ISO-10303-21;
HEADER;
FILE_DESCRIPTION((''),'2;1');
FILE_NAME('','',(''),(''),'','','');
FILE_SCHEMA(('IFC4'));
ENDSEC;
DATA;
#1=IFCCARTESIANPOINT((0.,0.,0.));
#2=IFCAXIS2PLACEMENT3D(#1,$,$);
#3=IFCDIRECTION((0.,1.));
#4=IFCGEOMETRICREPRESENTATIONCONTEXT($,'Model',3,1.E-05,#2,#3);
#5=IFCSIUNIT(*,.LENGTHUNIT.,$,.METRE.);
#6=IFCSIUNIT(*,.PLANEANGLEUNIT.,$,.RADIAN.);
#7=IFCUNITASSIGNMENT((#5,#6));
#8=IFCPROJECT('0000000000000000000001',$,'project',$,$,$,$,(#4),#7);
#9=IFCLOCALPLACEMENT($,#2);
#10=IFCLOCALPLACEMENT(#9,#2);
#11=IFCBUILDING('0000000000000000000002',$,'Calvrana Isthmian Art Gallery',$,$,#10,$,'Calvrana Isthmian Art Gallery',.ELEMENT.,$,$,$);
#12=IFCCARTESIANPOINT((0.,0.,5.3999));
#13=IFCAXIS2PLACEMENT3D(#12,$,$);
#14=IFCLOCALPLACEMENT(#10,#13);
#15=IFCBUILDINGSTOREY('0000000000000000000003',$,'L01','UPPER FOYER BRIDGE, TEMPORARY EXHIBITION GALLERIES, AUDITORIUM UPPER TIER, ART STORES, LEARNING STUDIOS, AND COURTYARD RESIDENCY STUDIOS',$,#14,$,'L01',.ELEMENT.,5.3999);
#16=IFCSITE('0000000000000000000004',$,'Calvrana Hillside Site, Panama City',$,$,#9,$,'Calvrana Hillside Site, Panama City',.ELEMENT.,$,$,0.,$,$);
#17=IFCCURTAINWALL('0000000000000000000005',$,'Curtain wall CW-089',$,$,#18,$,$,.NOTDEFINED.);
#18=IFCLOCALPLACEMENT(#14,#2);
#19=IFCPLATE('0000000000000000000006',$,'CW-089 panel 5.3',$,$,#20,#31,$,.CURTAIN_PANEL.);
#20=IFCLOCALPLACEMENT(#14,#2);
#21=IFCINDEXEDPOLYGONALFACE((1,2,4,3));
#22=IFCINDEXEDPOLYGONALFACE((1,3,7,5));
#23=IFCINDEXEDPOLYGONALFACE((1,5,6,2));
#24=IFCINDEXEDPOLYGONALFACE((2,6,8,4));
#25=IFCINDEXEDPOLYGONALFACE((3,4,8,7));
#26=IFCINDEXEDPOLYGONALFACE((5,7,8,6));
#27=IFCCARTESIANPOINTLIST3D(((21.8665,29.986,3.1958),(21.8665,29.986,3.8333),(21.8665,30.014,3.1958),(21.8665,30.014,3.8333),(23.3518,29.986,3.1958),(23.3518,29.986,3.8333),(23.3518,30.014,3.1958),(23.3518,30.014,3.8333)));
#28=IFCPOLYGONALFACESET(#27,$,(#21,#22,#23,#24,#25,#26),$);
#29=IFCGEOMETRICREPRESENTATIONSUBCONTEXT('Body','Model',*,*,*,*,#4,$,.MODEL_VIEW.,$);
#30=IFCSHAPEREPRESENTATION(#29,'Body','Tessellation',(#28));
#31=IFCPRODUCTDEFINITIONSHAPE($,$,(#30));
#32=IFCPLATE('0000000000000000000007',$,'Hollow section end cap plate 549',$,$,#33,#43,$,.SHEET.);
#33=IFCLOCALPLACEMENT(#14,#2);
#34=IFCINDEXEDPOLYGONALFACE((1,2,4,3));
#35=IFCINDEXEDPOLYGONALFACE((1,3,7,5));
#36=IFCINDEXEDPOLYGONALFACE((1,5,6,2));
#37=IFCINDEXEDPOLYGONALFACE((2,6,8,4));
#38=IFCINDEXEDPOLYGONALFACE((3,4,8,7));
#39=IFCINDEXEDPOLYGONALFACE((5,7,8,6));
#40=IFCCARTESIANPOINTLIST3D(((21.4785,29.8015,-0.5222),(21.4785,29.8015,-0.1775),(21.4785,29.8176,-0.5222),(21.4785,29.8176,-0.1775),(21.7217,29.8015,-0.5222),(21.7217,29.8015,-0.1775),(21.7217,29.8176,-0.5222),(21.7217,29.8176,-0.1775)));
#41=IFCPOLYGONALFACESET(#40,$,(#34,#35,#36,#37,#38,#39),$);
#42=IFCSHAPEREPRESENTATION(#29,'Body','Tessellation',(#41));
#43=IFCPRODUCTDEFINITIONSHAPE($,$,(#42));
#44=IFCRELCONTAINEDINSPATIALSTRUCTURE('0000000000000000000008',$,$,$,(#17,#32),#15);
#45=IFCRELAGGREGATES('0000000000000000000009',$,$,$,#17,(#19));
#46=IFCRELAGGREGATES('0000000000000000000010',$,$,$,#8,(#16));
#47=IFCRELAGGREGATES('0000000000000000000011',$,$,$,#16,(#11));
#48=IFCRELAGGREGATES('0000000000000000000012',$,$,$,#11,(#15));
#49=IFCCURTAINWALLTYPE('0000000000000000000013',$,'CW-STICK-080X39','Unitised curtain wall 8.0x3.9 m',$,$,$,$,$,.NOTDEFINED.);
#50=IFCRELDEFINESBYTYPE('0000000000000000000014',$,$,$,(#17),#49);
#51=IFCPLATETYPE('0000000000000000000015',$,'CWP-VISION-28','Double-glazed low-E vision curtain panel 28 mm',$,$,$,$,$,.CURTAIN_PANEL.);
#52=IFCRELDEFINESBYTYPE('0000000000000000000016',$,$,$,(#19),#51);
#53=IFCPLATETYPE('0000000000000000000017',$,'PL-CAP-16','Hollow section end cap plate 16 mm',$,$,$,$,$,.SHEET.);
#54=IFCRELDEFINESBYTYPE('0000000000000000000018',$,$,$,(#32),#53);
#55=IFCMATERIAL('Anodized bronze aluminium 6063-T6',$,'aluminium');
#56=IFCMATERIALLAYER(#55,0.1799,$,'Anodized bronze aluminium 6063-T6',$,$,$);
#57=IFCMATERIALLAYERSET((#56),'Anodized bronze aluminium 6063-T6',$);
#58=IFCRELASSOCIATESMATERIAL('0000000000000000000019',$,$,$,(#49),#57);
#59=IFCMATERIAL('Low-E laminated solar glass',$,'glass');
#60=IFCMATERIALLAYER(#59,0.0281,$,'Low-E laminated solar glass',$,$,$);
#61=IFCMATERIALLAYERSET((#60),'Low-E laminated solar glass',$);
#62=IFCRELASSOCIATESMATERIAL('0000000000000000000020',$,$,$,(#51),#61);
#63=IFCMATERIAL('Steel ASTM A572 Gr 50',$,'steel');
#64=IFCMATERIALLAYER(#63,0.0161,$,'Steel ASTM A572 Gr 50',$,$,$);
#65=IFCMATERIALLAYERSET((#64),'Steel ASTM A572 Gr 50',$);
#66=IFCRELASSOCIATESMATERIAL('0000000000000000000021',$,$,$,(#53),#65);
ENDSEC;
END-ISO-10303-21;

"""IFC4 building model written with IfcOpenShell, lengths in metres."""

from ifc_helpers import new_model, si_unit, direction, frame, origin, origin_2d, place, context, subcontext, project, spatial, rectangle, extrude, material, layer, layer_set, type_object, element, aggregate, save


model = new_model("IFC4")

# Units and contexts
model_context = context("Model", 3, precision=1e-05, world=origin(), true_north=direction((0.0, 1.0)))
body_context = subcontext(model_context, "Body", "Model", "MODEL_VIEW")
ifc_project = project(units=[si_unit("LENGTHUNIT", "METRE"), si_unit("PLANEANGLEUNIT", "RADIAN")], contexts=[model_context])

# Site, building, storey
site_placement = place(None, origin())
site = spatial("IfcSite", under=ifc_project, at=site_placement, Name="Calvrana Hillside Site, Panama City", LongName="Calvrana Hillside Site, Panama City", CompositionType="ELEMENT", RefElevation=0.0)
building_placement = place(site_placement, origin())
building = spatial("IfcBuilding", under=site, at=building_placement, Name="Calvrana Isthmian Art Gallery", LongName="Calvrana Isthmian Art Gallery", CompositionType="ELEMENT")
storey_placement = place(building_placement, frame((0.0, 0.0, 5.3999)))
storey = spatial("IfcBuildingStorey", under=building, at=storey_placement, Name="L01", Description="UPPER FOYER BRIDGE, TEMPORARY EXHIBITION GALLERIES, AUDITORIUM UPPER TIER, ART STORES, LEARNING STUDIOS, AND COURTYARD RESIDENCY STUDIOS", LongName="L01", CompositionType="ELEMENT", Elevation=5.3999)

# Shared definitions
ifc_material_1 = material(Name="Anodized bronze aluminium 6063-T6", Category="aluminium")

# Curtain wall
ifc_layer_1 = layer(ifc_material_1, 0.1799, Name="Anodized bronze aluminium 6063-T6")
ifc_layer_set_1 = layer_set([ifc_layer_1], Name="Anodized bronze aluminium 6063-T6")
curtain_wall_type_1 = type_object("IfcCurtainWallType", Name="CW-STICK-080X39", Description="Unitised curtain wall 8.0x3.9 m", PredefinedType="NOTDEFINED", material=ifc_layer_set_1)
curtain_wall_1_placement = place(storey_placement, origin())
curtain_wall_1 = element("IfcCurtainWall", 1, at=curtain_wall_1_placement, inside=storey, type_object=curtain_wall_type_1, Name="Curtain wall CW-089", PredefinedType="NOTDEFINED")

# Plates
ifc_material_2 = material(Name="Low-E laminated solar glass", Category="glass")
ifc_layer_2 = layer(ifc_material_2, 0.0281, Name="Low-E laminated solar glass")
ifc_layer_set_2 = layer_set([ifc_layer_2], Name="Low-E laminated solar glass")
plate_type_1 = type_object("IfcPlateType", Name="CWP-VISION-28", Description="Double-glazed low-E vision curtain panel 28 mm", PredefinedType="CURTAIN_PANEL", material=ifc_layer_set_2)
plate_1_placement = place(storey_placement, frame((22.6091, 30.0, 3.1958), z_axis=(0.0, 0.0, 1.0), x_axis=(-1.0, 0.0, 0.0)))
plate_1 = element("IfcPlate", 2, at=plate_1_placement, type_object=plate_type_1, Name="CW-089 panel 5.3", PredefinedType="CURTAIN_PANEL", context=body_context, shape_type="SweptSolid", body=[
    extrude(rectangle(XDim=1.4854, YDim=0.0281, at=origin_2d()), origin(), (0.0, 0.0, 1.0), 0.6375),
])
aggregate(curtain_wall_1, [plate_1])
ifc_material_3 = material(Name="Steel ASTM A572 Gr 50", Category="steel")
ifc_layer_3 = layer(ifc_material_3, 0.0161, Name="Steel ASTM A572 Gr 50")
ifc_layer_set_3 = layer_set([ifc_layer_3], Name="Steel ASTM A572 Gr 50")
plate_type_2 = type_object("IfcPlateType", Name="PL-CAP-16", Description="Hollow section end cap plate 16 mm", PredefinedType="SHEET", material=ifc_layer_set_3)
plate_2_placement = place(storey_placement, frame((21.6001, 29.8096, -0.5222), z_axis=(0.0, 0.0, 1.0), x_axis=(1.0, 0.0, 0.0)))
element("IfcPlate", 3, at=plate_2_placement, inside=storey, type_object=plate_type_2, Name="Hollow section end cap plate 549", PredefinedType="SHEET", context=body_context, shape_type="SweptSolid", body=[
    extrude(rectangle(XDim=0.2432, YDim=0.0161, at=origin_2d()), origin(), (0.0, 0.0, 1.0), 0.3447),
])

save(model, "model.ifc")
